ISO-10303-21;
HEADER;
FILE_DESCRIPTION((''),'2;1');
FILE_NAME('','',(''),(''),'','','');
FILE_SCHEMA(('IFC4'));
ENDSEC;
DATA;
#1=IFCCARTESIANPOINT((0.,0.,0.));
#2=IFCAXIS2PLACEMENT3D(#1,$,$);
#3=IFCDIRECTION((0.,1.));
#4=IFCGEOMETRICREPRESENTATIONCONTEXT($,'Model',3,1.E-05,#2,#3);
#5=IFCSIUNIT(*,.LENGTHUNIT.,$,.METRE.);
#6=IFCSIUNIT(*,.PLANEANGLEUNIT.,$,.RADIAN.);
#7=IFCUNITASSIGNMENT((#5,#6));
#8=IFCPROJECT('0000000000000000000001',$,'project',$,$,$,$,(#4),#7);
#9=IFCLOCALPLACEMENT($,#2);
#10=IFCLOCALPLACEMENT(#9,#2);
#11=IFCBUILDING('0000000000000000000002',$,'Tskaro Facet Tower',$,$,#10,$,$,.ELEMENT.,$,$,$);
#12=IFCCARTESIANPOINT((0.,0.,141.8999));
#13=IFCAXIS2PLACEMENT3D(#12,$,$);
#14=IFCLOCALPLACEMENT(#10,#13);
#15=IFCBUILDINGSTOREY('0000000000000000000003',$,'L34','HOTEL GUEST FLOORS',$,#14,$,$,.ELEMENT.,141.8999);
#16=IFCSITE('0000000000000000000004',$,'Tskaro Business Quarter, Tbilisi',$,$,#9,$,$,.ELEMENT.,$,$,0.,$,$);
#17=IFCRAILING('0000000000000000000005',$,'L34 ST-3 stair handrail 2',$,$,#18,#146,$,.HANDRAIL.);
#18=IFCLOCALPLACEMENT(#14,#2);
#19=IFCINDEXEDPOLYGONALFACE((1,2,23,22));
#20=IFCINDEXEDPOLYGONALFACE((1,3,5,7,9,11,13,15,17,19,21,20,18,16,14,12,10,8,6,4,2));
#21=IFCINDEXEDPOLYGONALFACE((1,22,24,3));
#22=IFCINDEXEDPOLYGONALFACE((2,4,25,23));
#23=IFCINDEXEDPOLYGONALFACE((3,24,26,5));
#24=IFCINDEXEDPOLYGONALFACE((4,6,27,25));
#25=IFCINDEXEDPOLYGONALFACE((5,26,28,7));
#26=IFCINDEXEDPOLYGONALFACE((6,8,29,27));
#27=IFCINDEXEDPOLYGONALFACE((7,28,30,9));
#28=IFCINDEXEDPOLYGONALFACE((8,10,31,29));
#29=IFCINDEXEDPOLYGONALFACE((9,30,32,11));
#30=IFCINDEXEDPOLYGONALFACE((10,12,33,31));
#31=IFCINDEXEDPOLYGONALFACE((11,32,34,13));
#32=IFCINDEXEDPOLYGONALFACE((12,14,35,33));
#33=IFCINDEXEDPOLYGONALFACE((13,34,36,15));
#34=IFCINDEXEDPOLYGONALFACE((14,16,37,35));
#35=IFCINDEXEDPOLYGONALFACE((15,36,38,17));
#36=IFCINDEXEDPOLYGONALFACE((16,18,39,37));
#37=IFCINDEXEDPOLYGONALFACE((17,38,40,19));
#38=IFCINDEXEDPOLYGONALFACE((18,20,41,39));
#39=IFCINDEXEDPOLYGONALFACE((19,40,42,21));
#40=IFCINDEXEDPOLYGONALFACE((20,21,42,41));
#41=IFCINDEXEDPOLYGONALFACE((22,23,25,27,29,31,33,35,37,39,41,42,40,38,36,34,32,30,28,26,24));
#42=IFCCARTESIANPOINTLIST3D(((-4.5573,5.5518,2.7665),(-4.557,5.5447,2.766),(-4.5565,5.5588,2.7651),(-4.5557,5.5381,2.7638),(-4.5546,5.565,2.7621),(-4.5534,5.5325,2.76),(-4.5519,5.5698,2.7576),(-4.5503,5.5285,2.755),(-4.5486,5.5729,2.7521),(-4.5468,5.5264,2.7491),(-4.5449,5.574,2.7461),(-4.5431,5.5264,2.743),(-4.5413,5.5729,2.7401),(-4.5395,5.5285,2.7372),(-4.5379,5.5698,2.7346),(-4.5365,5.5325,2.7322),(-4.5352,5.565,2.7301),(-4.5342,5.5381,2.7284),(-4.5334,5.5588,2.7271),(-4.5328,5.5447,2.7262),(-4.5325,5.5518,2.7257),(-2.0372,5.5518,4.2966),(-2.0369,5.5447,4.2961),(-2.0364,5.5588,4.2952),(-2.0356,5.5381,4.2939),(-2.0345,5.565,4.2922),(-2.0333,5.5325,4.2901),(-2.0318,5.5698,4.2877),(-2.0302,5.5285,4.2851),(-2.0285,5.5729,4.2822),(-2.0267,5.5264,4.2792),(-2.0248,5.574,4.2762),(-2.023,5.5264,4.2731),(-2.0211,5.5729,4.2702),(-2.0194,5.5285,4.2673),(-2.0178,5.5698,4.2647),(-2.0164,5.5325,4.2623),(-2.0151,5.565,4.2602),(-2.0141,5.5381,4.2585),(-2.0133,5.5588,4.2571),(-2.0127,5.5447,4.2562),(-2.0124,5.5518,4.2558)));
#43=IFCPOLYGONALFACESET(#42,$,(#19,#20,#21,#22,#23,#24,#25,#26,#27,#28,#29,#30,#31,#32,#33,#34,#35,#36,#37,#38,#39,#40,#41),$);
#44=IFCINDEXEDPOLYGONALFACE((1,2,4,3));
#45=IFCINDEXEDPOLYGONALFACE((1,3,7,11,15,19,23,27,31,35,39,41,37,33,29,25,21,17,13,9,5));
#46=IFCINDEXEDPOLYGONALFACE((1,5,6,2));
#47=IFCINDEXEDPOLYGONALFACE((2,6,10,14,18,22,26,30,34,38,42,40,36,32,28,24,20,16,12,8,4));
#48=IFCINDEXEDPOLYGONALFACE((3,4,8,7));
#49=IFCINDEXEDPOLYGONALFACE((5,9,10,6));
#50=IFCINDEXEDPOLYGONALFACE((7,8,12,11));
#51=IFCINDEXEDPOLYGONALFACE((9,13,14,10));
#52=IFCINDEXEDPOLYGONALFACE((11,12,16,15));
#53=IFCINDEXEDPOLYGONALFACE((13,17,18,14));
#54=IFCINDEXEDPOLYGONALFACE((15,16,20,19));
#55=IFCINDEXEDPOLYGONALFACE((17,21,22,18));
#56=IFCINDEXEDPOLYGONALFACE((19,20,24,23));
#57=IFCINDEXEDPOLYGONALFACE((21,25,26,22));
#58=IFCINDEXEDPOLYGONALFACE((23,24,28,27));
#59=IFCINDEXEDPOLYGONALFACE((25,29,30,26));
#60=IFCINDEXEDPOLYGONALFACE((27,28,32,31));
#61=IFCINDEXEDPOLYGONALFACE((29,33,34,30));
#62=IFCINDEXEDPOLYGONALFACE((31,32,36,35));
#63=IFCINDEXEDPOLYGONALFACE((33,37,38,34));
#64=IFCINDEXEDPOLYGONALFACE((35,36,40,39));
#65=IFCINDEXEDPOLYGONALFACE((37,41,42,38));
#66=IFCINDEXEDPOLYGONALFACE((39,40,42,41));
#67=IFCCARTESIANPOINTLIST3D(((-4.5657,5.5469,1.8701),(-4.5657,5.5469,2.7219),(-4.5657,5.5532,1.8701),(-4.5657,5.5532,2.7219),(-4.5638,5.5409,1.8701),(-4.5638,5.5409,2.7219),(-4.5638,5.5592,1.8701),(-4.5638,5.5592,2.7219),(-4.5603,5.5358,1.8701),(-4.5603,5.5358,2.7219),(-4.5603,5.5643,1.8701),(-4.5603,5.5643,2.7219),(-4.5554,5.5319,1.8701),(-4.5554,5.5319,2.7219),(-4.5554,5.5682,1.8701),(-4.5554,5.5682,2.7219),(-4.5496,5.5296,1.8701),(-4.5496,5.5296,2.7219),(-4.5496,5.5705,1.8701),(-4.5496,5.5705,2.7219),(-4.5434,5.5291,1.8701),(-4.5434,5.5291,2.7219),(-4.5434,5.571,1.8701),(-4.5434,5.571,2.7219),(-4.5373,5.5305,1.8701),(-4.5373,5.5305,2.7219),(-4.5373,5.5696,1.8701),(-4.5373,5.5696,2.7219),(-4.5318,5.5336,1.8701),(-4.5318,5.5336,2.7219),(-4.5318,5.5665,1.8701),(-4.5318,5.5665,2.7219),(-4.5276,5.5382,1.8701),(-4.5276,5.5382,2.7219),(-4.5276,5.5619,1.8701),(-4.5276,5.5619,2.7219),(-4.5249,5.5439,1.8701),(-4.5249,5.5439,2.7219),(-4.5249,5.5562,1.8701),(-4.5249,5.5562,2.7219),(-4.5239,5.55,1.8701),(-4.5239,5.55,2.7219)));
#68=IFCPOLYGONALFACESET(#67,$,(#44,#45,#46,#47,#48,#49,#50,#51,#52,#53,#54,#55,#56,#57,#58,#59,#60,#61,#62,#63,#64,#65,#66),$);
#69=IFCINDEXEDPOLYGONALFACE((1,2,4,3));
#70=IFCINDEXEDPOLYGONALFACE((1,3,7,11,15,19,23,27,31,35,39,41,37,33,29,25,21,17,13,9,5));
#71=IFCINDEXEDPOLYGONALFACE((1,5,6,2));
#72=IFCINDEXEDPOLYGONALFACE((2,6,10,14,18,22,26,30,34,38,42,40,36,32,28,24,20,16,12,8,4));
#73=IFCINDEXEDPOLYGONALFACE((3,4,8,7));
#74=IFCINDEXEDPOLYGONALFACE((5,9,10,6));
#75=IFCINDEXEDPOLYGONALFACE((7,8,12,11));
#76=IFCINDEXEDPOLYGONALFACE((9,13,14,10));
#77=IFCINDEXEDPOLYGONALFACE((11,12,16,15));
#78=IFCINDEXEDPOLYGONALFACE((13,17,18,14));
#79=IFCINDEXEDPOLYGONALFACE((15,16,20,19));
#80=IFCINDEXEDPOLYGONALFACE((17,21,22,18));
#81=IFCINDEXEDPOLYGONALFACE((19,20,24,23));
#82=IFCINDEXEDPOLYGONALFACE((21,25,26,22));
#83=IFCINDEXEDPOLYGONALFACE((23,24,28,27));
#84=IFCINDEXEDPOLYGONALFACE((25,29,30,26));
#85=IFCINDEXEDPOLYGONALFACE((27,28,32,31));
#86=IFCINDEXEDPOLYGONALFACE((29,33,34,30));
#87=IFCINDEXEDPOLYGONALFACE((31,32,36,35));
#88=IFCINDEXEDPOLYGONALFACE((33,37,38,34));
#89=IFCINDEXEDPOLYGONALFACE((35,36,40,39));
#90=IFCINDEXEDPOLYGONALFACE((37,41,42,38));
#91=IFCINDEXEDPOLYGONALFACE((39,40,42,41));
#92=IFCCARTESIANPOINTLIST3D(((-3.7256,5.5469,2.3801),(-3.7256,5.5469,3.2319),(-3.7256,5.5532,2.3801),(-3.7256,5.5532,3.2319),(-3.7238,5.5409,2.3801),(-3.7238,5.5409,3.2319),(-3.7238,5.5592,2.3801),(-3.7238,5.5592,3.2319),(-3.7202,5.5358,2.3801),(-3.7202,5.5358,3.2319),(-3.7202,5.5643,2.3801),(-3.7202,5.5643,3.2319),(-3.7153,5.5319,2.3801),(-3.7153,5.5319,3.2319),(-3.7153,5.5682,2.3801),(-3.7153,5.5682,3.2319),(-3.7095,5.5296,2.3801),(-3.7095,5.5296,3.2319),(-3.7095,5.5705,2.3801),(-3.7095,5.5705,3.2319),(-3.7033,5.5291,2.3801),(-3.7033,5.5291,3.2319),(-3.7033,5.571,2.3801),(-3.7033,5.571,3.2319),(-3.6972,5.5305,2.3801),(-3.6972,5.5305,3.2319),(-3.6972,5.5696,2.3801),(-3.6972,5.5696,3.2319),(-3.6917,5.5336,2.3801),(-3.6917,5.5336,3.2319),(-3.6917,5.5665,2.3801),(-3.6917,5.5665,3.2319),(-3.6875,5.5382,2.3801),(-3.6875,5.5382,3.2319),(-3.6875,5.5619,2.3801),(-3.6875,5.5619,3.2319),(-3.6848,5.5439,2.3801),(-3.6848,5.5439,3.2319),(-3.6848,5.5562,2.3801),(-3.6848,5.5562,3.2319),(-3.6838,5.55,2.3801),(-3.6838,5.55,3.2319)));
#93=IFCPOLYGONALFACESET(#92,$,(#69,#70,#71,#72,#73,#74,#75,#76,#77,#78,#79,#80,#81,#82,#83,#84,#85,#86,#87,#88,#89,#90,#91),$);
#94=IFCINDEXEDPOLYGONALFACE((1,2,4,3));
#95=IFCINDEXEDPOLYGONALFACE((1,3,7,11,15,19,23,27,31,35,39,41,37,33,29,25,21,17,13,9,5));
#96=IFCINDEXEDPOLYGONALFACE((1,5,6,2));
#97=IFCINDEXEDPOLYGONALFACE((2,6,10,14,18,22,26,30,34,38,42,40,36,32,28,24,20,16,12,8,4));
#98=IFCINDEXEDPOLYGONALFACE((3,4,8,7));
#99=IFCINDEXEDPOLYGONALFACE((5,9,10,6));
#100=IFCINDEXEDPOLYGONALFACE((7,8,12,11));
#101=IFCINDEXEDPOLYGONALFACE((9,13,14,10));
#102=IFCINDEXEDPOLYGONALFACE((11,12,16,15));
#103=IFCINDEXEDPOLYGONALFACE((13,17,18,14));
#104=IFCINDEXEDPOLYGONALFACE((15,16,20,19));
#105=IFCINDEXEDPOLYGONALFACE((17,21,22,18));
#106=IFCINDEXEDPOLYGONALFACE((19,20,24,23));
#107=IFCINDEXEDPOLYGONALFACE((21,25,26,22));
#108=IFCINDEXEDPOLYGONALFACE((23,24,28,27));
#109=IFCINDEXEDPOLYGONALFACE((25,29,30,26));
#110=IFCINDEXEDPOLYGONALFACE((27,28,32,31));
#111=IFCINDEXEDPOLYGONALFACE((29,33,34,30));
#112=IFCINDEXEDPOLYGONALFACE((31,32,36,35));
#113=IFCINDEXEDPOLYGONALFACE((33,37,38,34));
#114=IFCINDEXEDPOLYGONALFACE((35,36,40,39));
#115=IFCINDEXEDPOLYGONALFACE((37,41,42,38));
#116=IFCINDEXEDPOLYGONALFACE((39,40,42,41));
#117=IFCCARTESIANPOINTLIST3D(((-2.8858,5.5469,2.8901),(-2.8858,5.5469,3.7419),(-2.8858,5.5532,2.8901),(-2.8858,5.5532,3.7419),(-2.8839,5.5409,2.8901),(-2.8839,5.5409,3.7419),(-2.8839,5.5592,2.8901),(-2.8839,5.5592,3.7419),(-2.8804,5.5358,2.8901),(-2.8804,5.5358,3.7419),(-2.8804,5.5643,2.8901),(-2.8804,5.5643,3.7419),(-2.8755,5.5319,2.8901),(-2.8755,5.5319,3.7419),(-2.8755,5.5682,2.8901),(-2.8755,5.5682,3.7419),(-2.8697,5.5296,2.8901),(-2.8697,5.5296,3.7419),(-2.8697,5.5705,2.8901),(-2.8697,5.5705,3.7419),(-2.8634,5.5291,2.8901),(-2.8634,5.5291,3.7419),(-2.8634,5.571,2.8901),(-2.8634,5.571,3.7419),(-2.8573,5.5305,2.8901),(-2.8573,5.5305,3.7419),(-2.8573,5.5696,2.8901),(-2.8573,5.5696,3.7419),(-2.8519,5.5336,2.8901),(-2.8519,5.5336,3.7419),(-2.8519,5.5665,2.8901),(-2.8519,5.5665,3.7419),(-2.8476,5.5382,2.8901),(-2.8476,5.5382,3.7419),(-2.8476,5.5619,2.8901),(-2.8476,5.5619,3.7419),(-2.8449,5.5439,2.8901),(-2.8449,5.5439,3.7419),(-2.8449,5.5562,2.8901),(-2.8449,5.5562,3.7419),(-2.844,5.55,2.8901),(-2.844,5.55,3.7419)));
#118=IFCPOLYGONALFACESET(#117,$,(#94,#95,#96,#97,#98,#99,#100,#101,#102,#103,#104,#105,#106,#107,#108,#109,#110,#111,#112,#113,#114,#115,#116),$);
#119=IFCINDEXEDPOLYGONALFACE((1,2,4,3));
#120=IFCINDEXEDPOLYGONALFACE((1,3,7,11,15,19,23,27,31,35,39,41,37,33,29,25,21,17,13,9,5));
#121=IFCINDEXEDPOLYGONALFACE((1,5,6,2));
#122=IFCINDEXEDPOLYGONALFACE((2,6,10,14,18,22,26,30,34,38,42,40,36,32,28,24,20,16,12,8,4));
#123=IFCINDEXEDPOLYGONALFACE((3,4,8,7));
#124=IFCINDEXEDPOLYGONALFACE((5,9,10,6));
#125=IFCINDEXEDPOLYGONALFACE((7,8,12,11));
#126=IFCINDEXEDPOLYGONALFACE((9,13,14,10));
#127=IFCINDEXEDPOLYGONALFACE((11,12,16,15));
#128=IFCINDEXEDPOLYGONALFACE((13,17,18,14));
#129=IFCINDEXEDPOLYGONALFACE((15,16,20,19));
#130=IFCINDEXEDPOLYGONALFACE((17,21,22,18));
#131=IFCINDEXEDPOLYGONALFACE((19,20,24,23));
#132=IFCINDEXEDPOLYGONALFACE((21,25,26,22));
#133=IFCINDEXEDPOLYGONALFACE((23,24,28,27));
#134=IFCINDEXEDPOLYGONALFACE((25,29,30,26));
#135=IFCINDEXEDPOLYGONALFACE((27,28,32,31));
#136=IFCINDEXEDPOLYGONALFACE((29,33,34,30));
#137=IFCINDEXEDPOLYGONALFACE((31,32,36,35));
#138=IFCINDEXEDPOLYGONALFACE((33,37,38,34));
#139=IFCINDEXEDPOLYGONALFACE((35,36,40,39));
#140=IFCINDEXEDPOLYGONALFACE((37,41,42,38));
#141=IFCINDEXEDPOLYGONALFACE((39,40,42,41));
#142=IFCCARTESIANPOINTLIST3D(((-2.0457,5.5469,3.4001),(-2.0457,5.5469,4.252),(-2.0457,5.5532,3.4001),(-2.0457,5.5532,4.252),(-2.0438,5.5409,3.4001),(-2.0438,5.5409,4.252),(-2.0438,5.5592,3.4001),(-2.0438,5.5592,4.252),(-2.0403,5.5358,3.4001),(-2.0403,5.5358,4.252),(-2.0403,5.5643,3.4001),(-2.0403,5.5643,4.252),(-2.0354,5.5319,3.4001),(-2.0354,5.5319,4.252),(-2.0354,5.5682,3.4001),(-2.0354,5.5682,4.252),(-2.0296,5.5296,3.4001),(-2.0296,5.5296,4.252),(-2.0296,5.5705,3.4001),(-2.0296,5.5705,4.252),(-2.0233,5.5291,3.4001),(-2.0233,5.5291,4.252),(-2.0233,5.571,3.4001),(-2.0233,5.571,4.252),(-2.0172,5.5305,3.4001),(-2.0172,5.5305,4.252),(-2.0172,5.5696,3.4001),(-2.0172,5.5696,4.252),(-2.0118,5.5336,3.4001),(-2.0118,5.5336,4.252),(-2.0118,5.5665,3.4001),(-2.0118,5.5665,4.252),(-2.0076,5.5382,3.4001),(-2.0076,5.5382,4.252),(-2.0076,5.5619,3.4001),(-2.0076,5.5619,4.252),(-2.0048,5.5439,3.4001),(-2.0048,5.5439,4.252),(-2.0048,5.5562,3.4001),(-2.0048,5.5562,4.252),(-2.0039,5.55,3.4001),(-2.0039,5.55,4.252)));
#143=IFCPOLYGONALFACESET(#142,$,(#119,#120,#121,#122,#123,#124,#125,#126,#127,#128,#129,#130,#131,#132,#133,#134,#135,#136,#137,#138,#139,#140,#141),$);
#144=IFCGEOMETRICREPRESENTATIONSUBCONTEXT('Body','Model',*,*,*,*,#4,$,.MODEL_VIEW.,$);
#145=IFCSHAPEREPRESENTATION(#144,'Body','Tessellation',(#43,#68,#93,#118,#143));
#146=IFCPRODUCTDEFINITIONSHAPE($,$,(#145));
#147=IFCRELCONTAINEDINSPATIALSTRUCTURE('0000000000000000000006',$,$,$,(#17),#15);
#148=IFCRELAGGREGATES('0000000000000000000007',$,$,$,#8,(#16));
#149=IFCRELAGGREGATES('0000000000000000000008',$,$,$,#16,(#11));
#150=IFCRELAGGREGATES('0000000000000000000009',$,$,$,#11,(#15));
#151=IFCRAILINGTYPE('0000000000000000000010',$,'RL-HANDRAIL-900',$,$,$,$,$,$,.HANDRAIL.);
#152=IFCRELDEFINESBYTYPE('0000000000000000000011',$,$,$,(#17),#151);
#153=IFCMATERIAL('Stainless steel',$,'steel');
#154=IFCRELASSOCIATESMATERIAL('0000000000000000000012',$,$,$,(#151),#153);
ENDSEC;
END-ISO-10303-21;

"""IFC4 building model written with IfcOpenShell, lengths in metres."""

from ifc_helpers import new_model, si_unit, direction, frame, origin, origin_2d, place, context, subcontext, project, spatial, circle, extrude, material, type_object, element, save


model = new_model("IFC4")

# Units and contexts
model_context = context("Model", 3, precision=1e-05, world=origin(), true_north=direction((0.0, 1.0)))
body_context = subcontext(model_context, "Body", "Model", "MODEL_VIEW")
ifc_project = project(units=[si_unit("LENGTHUNIT", "METRE"), si_unit("PLANEANGLEUNIT", "RADIAN")], contexts=[model_context])

# Site, building, storey
site_placement = place(None, origin())
site = spatial("IfcSite", under=ifc_project, at=site_placement, Name="Tskaro Business Quarter, Tbilisi", CompositionType="ELEMENT", RefElevation=0.0)
building_placement = place(site_placement, origin())
building = spatial("IfcBuilding", under=site, at=building_placement, Name="Tskaro Facet Tower", CompositionType="ELEMENT")
storey_placement = place(building_placement, frame((0.0, 0.0, 141.8999)))
storey = spatial("IfcBuildingStorey", under=building, at=storey_placement, Name="L34", Description="HOTEL GUEST FLOORS", CompositionType="ELEMENT", Elevation=141.8999)

# Railing
ifc_material_1 = material(Name="Stainless steel", Category="steel")
railing_type_1 = type_object("IfcRailingType", Name="RL-HANDRAIL-900", PredefinedType="HANDRAIL", material=ifc_material_1)
railing_1_placement = place(storey_placement, frame((-4.5449, 5.55, 1.8701)))
element("IfcRailing", 1, at=railing_1_placement, inside=storey, type_object=railing_type_1, Name="L34 ST-3 stair handrail 2", PredefinedType="HANDRAIL", context=body_context, shape_type="SweptSolid", body=[
    extrude(circle(Radius=0.0239, at=origin_2d()), frame((0.0, 0.0, 0.876), z_axis=(0.854785, 0.0, 0.518982), x_axis=(0.0, 1.0, 0.0)), (0.0, 0.0, 1.0), 2.9482),
    extrude(circle(Radius=0.021, at=origin_2d()), origin(), (0.0, 0.0, 1.0), 0.8518),
    extrude(circle(Radius=0.021, at=origin_2d()), frame((0.8401, 0.0, 0.51)), (0.0, 0.0, 1.0), 0.8518),
    extrude(circle(Radius=0.021, at=origin_2d()), frame((1.6799, 0.0, 1.02)), (0.0, 0.0, 1.0), 0.8518),
    extrude(circle(Radius=0.021, at=origin_2d()), frame((2.52, 0.0, 1.53)), (0.0, 0.0, 1.0), 0.8518),
])

save(model, "model.ifc")
